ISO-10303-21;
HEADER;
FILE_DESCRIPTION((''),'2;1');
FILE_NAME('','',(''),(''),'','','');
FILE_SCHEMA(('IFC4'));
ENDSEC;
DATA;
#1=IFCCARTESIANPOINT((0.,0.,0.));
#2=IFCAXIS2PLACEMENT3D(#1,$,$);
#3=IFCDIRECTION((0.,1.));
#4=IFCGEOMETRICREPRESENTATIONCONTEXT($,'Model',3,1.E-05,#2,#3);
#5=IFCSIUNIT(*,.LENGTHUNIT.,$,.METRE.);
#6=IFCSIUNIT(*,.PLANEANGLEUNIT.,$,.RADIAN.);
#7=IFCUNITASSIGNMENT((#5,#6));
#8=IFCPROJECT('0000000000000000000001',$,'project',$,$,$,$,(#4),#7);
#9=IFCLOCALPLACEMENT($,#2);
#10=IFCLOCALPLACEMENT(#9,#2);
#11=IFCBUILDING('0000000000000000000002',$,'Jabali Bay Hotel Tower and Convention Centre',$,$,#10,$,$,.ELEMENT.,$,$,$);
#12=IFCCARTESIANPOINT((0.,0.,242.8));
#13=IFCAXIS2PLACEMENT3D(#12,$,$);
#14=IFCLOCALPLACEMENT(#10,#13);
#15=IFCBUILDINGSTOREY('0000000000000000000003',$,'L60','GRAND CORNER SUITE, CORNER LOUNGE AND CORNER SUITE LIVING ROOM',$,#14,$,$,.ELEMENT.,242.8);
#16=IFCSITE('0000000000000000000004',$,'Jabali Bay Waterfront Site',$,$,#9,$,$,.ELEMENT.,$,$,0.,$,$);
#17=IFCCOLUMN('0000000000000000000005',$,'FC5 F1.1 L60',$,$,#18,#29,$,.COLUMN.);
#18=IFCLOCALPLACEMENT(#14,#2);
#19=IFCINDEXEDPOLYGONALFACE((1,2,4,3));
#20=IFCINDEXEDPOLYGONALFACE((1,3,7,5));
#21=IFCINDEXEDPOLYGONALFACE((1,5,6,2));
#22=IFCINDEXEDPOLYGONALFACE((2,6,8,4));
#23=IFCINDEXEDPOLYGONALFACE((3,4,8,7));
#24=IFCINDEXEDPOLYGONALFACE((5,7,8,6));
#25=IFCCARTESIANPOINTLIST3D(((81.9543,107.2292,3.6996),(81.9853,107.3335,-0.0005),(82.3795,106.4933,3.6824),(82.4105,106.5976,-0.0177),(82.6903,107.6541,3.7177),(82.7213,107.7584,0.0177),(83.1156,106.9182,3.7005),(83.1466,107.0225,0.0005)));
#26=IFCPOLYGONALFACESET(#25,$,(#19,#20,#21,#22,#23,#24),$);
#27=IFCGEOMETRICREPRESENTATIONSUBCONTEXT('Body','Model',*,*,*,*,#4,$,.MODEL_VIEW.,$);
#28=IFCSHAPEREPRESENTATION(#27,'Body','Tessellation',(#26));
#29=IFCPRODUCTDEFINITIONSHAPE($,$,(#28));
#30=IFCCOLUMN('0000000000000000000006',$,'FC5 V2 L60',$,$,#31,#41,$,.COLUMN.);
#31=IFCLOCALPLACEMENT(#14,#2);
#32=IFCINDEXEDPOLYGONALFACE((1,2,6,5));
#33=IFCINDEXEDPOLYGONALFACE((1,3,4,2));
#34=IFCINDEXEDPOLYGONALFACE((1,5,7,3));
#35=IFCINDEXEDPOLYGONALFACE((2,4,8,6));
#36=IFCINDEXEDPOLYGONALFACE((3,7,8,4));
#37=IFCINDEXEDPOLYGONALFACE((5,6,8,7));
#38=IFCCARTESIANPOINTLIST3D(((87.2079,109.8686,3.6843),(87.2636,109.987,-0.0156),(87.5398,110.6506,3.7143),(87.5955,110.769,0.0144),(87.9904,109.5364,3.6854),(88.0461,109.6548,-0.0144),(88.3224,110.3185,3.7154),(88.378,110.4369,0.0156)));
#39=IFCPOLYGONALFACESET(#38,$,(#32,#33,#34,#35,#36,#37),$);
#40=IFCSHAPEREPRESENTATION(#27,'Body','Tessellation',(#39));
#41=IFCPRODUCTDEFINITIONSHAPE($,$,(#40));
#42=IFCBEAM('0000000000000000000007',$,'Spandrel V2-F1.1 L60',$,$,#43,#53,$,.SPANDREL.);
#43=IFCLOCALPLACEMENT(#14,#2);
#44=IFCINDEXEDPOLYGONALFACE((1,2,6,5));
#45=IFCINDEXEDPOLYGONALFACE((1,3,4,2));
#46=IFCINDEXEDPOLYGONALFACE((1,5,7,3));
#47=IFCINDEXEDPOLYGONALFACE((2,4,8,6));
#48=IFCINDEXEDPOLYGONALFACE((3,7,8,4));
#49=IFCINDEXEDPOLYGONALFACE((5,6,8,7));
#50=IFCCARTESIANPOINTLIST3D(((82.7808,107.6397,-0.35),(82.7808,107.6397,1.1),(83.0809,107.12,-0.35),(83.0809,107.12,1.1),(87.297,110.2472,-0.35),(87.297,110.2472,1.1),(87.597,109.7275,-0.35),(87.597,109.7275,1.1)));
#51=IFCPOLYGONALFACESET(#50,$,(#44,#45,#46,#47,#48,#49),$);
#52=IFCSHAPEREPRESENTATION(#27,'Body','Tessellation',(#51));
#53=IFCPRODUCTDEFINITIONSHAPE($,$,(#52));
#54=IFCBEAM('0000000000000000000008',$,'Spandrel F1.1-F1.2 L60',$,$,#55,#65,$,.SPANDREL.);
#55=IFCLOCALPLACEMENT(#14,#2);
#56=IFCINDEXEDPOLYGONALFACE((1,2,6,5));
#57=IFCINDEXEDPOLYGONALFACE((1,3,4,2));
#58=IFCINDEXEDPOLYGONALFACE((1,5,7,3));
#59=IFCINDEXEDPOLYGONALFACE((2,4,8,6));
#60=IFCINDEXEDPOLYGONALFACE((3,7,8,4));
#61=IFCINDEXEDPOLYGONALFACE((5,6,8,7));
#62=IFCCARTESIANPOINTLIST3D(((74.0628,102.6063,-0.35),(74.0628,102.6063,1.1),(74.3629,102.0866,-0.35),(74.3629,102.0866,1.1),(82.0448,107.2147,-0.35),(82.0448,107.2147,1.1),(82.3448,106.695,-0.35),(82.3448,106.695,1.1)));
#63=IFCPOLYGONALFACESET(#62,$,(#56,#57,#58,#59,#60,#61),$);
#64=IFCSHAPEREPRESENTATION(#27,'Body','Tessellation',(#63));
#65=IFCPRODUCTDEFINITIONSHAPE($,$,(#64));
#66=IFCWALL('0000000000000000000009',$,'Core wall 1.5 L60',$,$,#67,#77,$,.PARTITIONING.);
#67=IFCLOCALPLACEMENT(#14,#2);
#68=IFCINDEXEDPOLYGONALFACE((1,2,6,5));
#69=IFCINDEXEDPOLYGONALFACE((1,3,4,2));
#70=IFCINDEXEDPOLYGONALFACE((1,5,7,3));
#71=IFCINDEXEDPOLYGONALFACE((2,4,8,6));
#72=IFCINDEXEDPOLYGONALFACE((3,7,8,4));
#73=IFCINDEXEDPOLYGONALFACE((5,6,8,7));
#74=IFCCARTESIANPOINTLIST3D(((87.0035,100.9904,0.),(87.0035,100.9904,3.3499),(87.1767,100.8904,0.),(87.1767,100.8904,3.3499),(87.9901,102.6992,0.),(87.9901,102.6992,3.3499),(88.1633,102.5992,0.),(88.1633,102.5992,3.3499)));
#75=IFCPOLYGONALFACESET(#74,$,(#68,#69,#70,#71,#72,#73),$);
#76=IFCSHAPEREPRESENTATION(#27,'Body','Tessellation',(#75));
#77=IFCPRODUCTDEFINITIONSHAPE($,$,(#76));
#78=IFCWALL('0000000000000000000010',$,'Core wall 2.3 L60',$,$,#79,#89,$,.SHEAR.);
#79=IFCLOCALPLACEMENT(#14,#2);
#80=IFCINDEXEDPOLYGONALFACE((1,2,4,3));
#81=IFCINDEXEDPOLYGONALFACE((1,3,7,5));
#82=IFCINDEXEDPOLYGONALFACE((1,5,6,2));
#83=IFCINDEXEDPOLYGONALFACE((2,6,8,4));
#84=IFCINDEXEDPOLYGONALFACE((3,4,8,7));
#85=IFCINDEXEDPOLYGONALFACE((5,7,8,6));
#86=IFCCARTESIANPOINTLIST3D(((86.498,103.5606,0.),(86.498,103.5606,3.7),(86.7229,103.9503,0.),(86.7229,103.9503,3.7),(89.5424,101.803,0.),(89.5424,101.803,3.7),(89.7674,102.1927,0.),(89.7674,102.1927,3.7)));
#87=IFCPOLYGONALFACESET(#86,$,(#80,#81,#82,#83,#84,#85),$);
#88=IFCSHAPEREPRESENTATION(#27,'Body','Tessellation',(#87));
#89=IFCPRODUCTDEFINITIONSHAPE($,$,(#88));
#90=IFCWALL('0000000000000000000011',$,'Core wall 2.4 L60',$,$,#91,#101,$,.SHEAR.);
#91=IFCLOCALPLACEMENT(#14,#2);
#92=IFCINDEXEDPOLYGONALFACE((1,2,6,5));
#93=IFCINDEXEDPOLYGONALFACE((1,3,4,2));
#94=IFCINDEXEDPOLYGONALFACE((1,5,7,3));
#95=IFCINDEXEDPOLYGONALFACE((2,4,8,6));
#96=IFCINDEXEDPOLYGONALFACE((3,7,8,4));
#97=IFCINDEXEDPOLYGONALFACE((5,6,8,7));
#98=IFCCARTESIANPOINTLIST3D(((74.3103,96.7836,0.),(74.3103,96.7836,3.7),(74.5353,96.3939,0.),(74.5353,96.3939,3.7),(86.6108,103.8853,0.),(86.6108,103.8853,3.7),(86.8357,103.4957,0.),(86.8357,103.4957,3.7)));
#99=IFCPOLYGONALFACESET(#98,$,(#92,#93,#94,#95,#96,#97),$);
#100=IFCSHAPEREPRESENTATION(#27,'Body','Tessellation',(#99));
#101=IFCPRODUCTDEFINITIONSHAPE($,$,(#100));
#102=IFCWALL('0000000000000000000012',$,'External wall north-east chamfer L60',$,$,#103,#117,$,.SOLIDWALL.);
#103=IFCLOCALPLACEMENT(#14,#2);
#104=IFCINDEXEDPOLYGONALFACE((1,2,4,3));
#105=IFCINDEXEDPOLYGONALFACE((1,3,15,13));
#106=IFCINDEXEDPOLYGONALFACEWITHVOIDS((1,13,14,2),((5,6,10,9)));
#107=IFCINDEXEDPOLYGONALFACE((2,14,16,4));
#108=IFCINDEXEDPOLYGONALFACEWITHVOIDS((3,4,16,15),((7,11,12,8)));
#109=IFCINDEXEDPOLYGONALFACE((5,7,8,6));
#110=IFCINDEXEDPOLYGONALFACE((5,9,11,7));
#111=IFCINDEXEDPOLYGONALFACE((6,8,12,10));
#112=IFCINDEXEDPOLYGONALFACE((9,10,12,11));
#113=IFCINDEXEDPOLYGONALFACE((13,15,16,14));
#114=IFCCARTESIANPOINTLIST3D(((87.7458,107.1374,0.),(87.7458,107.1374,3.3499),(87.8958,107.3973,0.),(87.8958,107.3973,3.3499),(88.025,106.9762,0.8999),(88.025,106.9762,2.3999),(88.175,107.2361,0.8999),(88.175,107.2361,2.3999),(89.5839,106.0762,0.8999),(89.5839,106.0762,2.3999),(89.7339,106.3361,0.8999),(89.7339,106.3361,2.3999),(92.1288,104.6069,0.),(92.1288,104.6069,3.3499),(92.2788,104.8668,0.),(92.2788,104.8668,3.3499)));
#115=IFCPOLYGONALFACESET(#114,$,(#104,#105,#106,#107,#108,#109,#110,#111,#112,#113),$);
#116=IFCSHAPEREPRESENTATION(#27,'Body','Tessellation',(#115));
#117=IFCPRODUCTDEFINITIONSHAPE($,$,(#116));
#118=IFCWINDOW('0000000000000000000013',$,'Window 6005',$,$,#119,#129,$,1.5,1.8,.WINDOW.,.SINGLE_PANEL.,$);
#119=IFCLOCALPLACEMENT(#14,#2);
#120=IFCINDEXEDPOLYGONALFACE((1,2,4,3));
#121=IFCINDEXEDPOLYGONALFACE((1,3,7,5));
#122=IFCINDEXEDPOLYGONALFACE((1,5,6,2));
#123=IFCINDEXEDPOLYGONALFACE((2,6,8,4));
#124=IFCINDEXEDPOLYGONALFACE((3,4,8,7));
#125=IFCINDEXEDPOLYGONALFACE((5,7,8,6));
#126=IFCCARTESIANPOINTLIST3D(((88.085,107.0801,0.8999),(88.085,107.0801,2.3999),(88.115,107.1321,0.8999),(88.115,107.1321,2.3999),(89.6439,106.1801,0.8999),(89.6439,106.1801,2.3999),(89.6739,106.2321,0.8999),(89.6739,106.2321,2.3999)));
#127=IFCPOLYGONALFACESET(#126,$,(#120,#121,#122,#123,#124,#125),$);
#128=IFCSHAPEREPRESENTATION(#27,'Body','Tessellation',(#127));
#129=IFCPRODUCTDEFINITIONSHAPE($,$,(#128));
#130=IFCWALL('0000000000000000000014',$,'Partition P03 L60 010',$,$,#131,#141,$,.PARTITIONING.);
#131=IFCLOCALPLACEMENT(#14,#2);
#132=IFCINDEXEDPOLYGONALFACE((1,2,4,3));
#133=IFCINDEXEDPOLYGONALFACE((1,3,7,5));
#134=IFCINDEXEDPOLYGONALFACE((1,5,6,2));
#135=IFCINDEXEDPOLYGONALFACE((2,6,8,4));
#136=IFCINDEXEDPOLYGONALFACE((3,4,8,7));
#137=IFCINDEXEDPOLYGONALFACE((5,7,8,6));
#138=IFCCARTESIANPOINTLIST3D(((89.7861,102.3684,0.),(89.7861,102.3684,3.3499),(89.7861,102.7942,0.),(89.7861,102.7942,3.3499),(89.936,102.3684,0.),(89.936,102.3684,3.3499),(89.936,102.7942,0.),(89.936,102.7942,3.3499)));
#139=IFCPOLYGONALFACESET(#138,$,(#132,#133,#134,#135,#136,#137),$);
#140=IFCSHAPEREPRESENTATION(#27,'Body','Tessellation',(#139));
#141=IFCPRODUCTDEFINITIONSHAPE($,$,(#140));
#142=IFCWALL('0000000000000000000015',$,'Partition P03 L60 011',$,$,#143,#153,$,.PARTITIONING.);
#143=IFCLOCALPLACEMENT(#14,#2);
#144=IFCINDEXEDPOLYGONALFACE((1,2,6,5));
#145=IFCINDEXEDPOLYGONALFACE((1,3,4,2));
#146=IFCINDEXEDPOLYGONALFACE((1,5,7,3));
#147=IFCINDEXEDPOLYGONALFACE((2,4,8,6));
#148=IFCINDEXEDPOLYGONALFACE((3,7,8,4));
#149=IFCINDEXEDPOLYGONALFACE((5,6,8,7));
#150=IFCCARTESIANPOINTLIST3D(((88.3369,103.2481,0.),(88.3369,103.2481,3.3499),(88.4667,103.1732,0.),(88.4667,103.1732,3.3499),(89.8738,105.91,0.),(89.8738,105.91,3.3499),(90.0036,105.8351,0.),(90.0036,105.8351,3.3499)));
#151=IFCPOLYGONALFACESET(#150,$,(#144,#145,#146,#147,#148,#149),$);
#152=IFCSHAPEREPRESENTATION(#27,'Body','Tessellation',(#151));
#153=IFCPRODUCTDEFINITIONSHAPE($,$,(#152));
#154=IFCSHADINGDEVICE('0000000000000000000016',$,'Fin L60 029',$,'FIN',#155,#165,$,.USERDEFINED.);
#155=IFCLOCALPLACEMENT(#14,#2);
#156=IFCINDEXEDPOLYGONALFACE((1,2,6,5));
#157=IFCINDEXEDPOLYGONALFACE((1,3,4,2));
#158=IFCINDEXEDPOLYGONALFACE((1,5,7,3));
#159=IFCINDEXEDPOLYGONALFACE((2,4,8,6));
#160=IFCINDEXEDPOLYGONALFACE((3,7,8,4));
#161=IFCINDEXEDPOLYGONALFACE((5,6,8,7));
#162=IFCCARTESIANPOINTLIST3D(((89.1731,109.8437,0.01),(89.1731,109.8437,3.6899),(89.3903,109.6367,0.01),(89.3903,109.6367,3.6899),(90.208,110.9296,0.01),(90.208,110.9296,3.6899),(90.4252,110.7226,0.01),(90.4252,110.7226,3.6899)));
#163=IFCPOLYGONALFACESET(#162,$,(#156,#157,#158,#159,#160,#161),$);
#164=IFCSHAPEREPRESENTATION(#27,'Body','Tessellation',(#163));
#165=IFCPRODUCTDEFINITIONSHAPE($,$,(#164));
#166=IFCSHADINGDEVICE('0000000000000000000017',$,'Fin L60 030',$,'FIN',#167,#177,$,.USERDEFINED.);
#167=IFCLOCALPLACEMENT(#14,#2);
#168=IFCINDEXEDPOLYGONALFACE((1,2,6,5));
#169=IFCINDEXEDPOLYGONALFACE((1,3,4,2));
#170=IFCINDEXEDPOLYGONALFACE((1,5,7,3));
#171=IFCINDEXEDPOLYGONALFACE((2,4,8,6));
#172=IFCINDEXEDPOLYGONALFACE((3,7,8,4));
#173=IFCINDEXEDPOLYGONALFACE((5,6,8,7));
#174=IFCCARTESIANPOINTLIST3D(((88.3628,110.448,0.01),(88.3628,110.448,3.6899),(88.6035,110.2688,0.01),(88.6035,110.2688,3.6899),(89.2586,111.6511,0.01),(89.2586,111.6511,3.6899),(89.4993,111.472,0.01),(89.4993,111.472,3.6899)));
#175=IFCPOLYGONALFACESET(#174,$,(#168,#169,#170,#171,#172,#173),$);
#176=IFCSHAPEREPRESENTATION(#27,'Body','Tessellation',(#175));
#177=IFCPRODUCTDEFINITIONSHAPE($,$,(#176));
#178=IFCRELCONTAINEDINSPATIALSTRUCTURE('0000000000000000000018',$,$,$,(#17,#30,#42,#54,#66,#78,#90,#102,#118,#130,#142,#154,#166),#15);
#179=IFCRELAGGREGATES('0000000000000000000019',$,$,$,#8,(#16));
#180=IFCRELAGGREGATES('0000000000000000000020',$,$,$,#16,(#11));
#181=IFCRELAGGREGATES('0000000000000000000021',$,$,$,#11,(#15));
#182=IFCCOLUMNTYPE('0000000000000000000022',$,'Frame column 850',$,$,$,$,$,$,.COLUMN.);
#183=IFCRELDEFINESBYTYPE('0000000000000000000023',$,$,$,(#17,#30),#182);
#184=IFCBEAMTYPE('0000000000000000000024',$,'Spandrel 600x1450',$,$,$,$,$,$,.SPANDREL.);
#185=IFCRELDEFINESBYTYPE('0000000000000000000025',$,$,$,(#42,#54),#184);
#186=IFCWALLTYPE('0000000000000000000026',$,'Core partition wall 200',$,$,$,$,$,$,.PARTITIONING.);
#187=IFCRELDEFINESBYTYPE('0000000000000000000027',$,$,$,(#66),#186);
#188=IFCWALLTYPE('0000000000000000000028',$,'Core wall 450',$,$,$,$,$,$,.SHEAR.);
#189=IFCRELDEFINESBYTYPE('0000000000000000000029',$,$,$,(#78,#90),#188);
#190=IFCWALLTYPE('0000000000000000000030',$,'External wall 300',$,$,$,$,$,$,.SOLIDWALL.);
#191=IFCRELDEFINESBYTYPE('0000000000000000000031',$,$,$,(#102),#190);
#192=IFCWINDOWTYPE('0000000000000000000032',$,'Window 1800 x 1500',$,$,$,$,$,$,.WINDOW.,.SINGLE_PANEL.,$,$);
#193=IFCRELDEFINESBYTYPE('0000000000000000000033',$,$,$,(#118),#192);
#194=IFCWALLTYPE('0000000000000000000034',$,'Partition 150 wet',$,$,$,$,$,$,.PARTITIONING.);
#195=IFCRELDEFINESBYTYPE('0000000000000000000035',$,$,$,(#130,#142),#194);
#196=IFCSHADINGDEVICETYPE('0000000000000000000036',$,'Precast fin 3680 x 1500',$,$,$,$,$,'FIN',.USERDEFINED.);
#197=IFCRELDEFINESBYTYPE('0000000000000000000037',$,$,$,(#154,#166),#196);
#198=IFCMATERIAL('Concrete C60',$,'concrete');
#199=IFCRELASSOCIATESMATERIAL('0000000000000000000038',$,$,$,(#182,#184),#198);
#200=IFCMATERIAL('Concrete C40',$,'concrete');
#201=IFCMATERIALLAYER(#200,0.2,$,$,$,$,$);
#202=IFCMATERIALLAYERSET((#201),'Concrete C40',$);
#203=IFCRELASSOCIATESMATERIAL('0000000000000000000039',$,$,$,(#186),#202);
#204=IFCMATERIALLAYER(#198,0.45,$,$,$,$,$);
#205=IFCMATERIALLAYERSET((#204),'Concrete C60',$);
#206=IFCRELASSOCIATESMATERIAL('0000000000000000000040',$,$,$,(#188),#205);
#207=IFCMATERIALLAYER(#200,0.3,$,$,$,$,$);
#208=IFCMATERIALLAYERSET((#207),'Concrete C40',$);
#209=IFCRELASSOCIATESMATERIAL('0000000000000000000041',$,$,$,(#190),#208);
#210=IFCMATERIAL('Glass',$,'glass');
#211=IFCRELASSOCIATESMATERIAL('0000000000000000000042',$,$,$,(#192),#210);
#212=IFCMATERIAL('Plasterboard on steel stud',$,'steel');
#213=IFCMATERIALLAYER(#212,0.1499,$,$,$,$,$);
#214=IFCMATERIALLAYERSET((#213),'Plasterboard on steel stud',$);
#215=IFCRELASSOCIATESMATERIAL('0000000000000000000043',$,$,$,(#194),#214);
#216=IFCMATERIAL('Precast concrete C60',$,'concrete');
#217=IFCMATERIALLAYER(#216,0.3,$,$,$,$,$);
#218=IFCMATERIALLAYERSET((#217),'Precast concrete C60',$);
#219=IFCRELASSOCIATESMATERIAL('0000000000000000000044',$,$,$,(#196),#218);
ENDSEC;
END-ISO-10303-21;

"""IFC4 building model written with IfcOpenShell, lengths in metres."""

from ifc_helpers import new_model, si_unit, direction, frame, frame_2d, origin, origin_2d, place, context, subcontext, project, spatial, rectangle, extrude, material, layer, layer_set, material_profile, profile_set, type_object, element, fill, save


model = new_model("IFC4")

# Units and contexts
model_context = context("Model", 3, precision=1e-05, world=origin(), true_north=direction((0.0, 1.0)))
body_context = subcontext(model_context, "Body", "Model", "MODEL_VIEW")
ifc_project = project(units=[si_unit("LENGTHUNIT", "METRE"), si_unit("PLANEANGLEUNIT", "RADIAN")], contexts=[model_context])

# Site, building, storey
site_placement = place(None, origin())
site = spatial("IfcSite", under=ifc_project, at=site_placement, Name="Jabali Bay Waterfront Site", CompositionType="ELEMENT", RefElevation=0.0)
building_placement = place(site_placement, origin())
building = spatial("IfcBuilding", under=site, at=building_placement, Name="Jabali Bay Hotel Tower and Convention Centre", CompositionType="ELEMENT")
storey_placement = place(building_placement, frame((0.0, 0.0, 242.8)))
storey = spatial("IfcBuildingStorey", under=building, at=storey_placement, Name="L60", Description="GRAND CORNER SUITE, CORNER LOUNGE AND CORNER SUITE LIVING ROOM", CompositionType="ELEMENT", Elevation=242.8)

# Columns
ifc_material_1 = material(Name="Concrete C60", Category="concrete")
ifc_material_profile_1 = material_profile(ifc_material_1, rectangle(XDim=0.8501, YDim=0.8501, at=origin_2d()), Name="Frame column 850")
ifc_profile_set_1 = profile_set([ifc_material_profile_1], Name="Concrete C60")
column_type = type_object("IfcColumnType", Name="Frame column 850", PredefinedType="COLUMN", material=ifc_profile_set_1)
column_1_placement = place(storey_placement, frame((82.5659, 107.178, 0.0), z_axis=(-0.008376, -0.028163, 0.999568), x_axis=(0.865846, 0.499855, 0.02134)))
element("IfcColumn", 1, at=column_1_placement, inside=storey, type_object=column_type, Name="FC5 F1.1 L60", PredefinedType="COLUMN", context=body_context, shape_type="SweptSolid", body=[
    extrude(rectangle(XDim=0.8501, YDim=0.8501, at=origin_2d()), origin(), (0.0, 0.0, 1.0), 3.7017),
])
column_2_placement = place(storey_placement, frame((87.8208, 110.2119, 0.0), z_axis=(-0.015035, -0.031983, 0.999375), x_axis=(0.920505, -0.390729, 0.001344)))
element("IfcColumn", 2, at=column_2_placement, inside=storey, type_object=column_type, Name="FC5 V2 L60", PredefinedType="COLUMN", context=body_context, shape_type="SweptSolid", body=[
    extrude(rectangle(XDim=0.8501, YDim=0.8501, at=origin_2d()), origin(), (0.0, 0.0, 1.0), 3.7021),
])

# Beams
ifc_material_profile_2 = material_profile(ifc_material_1, rectangle(XDim=0.6001, YDim=1.45, at=origin_2d()), Name="Spandrel 600x1450")
ifc_profile_set_2 = profile_set([ifc_material_profile_2], Name="Concrete C60")
beam_type = type_object("IfcBeamType", Name="Spandrel 600x1450", PredefinedType="SPANDREL", material=ifc_profile_set_2)
beam_1_placement = place(storey_placement, frame((87.447, 109.9873, 0.375), z_axis=(-0.866022, -0.500006, 0.0), x_axis=(0.500006, -0.866022, 0.0)))
element("IfcBeam", 3, at=beam_1_placement, inside=storey, type_object=beam_type, Name="Spandrel V2-F1.1 L60", PredefinedType="SPANDREL", context=body_context, shape_type="SweptSolid", body=[
    extrude(rectangle(XDim=0.6001, YDim=1.45, at=origin_2d()), origin(), (0.0, 0.0, 1.0), 5.2148),
])
beam_2_placement = place(storey_placement, frame((82.1948, 106.9548, 0.375), z_axis=(-0.866024, -0.500002, 0.0), x_axis=(0.500002, -0.866024, 0.0)))
element("IfcBeam", 4, at=beam_2_placement, inside=storey, type_object=beam_type, Name="Spandrel F1.1-F1.2 L60", PredefinedType="SPANDREL", context=body_context, shape_type="SweptSolid", body=[
    extrude(rectangle(XDim=0.6001, YDim=1.45, at=origin_2d()), origin(), (0.0, 0.0, 1.0), 9.2168),
])

# Walls
ifc_material_2 = material(Name="Concrete C40", Category="concrete")
ifc_layer_1 = layer(ifc_material_2, 0.2)
ifc_layer_set_1 = layer_set([ifc_layer_1], Name="Concrete C40")
wall_type_1 = type_object("IfcWallType", Name="Core partition wall 200", PredefinedType="PARTITIONING", material=ifc_layer_set_1)
wall_1_placement = place(storey_placement, frame((87.0901, 100.9404, 0.0), z_axis=(0.0, 0.0, 1.0), x_axis=(0.500012, 0.866019, 0.0)))
element("IfcWall", 5, at=wall_1_placement, inside=storey, type_object=wall_type_1, Name="Core wall 1.5 L60", PredefinedType="PARTITIONING", context=body_context, shape_type="SweptSolid", body=[
    extrude(rectangle(XDim=1.9731, YDim=0.2, at=frame_2d((0.9866, 0.0))), origin(), (0.0, 0.0, 1.0), 3.3499),
])
ifc_layer_2 = layer(ifc_material_1, 0.45)
ifc_layer_set_2 = layer_set([ifc_layer_2], Name="Concrete C60")
wall_type_2 = type_object("IfcWallType", Name="Core wall 450", PredefinedType="SHEAR", material=ifc_layer_set_2)
wall_2_placement = place(storey_placement, frame((89.655, 101.9978, 0.0), z_axis=(0.0, 0.0, 1.0), x_axis=(-0.866042, 0.499971, 0.0)))
element("IfcWall", 6, at=wall_2_placement, inside=storey, type_object=wall_type_2, Name="Core wall 2.3 L60", PredefinedType="SHEAR", context=body_context, shape_type="SweptSolid", body=[
    extrude(rectangle(XDim=3.5154, YDim=0.45, at=frame_2d((1.7578, 0.0))), origin(), (0.0, 0.0, 1.0), 3.7),
])
wall_3_placement = place(storey_placement, frame((86.7231, 103.6904, 0.0), z_axis=(0.0, 0.0, 1.0), x_axis=(-0.866023, -0.500005, 0.0)))
element("IfcWall", 7, at=wall_3_placement, inside=storey, type_object=wall_type_2, Name="Core wall 2.4 L60", PredefinedType="SHEAR", context=body_context, shape_type="SweptSolid", body=[
    extrude(rectangle(XDim=14.2034, YDim=0.45, at=frame_2d((7.1016, 0.0))), origin(), (0.0, 0.0, 1.0), 3.7),
])

# Wall, opening, window
ifc_layer_3 = layer(ifc_material_2, 0.3)
ifc_layer_set_3 = layer_set([ifc_layer_3], Name="Concrete C40")
wall_type_3 = type_object("IfcWallType", Name="External wall 300", PredefinedType="SOLIDWALL", material=ifc_layer_set_3)
wall_4_placement = place(storey_placement, frame((87.8208, 107.2673, 0.0), z_axis=(0.0, 0.0, 1.0), x_axis=(0.866029, -0.499994, 0.0)))
wall_4 = element("IfcWall", 8, at=wall_4_placement, inside=storey, type_object=wall_type_3, Name="External wall north-east chamfer L60", PredefinedType="SOLIDWALL", context=body_context, shape_type="SweptSolid", body=[
    extrude(rectangle(XDim=5.061, YDim=0.3, at=frame_2d((2.5305, 0.0))), origin(), (0.0, 0.0, 1.0), 3.3499),
])
opening_placement = place(wall_4_placement, frame((0.3225, 0.0, 0.8999)))
opening = element("IfcOpeningElement", 9, at=opening_placement, cuts=wall_4, PredefinedType="OPENING", context=body_context, shape_type="SweptSolid", body=[
    extrude(rectangle(XDim=1.8, YDim=1.5, at=frame_2d((0.8999, 0.75))), frame((0.0, 0.1606, 0.0), z_axis=(0.0, -1.0, 0.0), x_axis=(1.0, 0.0, 0.0)), (0.0, 0.0, 1.0), 0.321),
])
ifc_material_3 = material(Name="Glass", Category="glass")
window_type = type_object("IfcWindowType", Name="Window 1800 x 1500", PartitioningType="SINGLE_PANEL", PredefinedType="WINDOW", material=ifc_material_3)
window_placement = place(opening_placement, origin())
window = element("IfcWindow", 10, at=window_placement, inside=storey, type_object=window_type, Name="Window 6005", OverallHeight=1.5, OverallWidth=1.8, PartitioningType="SINGLE_PANEL", PredefinedType="WINDOW", context=body_context, shape_type="SweptSolid", body=[
    extrude(rectangle(XDim=1.8, YDim=1.5, at=frame_2d((0.8999, 0.75))), frame((0.0, 0.03, 0.0), z_axis=(0.0, -1.0, 0.0), x_axis=(1.0, 0.0, 0.0)), (0.0, 0.0, 1.0), 0.0601),
])
fill(opening, window)

# Walls
ifc_material_4 = material(Name="Plasterboard on steel stud", Category="steel")
ifc_layer_4 = layer(ifc_material_4, 0.1499)
ifc_layer_set_4 = layer_set([ifc_layer_4], Name="Plasterboard on steel stud")
wall_type_4 = type_object("IfcWallType", Name="Partition 150 wet", PredefinedType="PARTITIONING", material=ifc_layer_set_4)
wall_5_placement = place(storey_placement, frame((89.8611, 102.7942, 0.0), z_axis=(0.0, 0.0, 1.0), x_axis=(0.0, -1.0, 0.0)))
element("IfcWall", 11, at=wall_5_placement, inside=storey, type_object=wall_type_4, Name="Partition P03 L60 010", PredefinedType="PARTITIONING", context=body_context, shape_type="SweptSolid", body=[
    extrude(rectangle(XDim=0.4258, YDim=0.1499, at=frame_2d((0.2129, 0.0))), origin(), (0.0, 0.0, 1.0), 3.3499),
])
wall_6_placement = place(storey_placement, frame((89.9387, 105.8726, 0.0), z_axis=(0.0, 0.0, 1.0), x_axis=(-0.500009, -0.86602, 0.0)))
element("IfcWall", 12, at=wall_6_placement, inside=storey, type_object=wall_type_4, Name="Partition P03 L60 011", PredefinedType="PARTITIONING", context=body_context, shape_type="SweptSolid", body=[
    extrude(rectangle(XDim=3.0737, YDim=0.1499, at=frame_2d((1.5369, 0.0))), origin(), (0.0, 0.0, 1.0), 3.3499),
])

# Shading devices
ifc_material_5 = material(Name="Precast concrete C60", Category="concrete")
ifc_layer_5 = layer(ifc_material_5, 0.3)
ifc_layer_set_5 = layer_set([ifc_layer_5], Name="Precast concrete C60")
shading_device_type = type_object("IfcShadingDeviceType", Name="Precast fin 3680 x 1500", ElementType="FIN", PredefinedType="USERDEFINED", material=ifc_layer_set_5)
for number, where, z_axis, x_axis, name in (
    (13, (89.2817, 109.7402, 0.01), (0.0, 0.0, 1.0), (0.689895, 0.72391, 0.0), "Fin L60 029"),
    (14, (88.4832, 110.3584, 0.01), (0.0, 0.0, 1.0), (0.597184, 0.802104, 0.0), "Fin L60 030"),
):
    element("IfcShadingDevice", number, at=place(storey_placement, frame(where, z_axis=z_axis, x_axis=x_axis)), inside=storey, type_object=shading_device_type, Name=name, ObjectType="FIN", PredefinedType="USERDEFINED", context=body_context, shape_type="SweptSolid", body=[
        extrude(rectangle(XDim=1.5, YDim=0.3, at=frame_2d((0.75, 0.0))), origin(), (0.0, 0.0, 1.0), 3.6799),
    ])

save(model, "model.ifc")
